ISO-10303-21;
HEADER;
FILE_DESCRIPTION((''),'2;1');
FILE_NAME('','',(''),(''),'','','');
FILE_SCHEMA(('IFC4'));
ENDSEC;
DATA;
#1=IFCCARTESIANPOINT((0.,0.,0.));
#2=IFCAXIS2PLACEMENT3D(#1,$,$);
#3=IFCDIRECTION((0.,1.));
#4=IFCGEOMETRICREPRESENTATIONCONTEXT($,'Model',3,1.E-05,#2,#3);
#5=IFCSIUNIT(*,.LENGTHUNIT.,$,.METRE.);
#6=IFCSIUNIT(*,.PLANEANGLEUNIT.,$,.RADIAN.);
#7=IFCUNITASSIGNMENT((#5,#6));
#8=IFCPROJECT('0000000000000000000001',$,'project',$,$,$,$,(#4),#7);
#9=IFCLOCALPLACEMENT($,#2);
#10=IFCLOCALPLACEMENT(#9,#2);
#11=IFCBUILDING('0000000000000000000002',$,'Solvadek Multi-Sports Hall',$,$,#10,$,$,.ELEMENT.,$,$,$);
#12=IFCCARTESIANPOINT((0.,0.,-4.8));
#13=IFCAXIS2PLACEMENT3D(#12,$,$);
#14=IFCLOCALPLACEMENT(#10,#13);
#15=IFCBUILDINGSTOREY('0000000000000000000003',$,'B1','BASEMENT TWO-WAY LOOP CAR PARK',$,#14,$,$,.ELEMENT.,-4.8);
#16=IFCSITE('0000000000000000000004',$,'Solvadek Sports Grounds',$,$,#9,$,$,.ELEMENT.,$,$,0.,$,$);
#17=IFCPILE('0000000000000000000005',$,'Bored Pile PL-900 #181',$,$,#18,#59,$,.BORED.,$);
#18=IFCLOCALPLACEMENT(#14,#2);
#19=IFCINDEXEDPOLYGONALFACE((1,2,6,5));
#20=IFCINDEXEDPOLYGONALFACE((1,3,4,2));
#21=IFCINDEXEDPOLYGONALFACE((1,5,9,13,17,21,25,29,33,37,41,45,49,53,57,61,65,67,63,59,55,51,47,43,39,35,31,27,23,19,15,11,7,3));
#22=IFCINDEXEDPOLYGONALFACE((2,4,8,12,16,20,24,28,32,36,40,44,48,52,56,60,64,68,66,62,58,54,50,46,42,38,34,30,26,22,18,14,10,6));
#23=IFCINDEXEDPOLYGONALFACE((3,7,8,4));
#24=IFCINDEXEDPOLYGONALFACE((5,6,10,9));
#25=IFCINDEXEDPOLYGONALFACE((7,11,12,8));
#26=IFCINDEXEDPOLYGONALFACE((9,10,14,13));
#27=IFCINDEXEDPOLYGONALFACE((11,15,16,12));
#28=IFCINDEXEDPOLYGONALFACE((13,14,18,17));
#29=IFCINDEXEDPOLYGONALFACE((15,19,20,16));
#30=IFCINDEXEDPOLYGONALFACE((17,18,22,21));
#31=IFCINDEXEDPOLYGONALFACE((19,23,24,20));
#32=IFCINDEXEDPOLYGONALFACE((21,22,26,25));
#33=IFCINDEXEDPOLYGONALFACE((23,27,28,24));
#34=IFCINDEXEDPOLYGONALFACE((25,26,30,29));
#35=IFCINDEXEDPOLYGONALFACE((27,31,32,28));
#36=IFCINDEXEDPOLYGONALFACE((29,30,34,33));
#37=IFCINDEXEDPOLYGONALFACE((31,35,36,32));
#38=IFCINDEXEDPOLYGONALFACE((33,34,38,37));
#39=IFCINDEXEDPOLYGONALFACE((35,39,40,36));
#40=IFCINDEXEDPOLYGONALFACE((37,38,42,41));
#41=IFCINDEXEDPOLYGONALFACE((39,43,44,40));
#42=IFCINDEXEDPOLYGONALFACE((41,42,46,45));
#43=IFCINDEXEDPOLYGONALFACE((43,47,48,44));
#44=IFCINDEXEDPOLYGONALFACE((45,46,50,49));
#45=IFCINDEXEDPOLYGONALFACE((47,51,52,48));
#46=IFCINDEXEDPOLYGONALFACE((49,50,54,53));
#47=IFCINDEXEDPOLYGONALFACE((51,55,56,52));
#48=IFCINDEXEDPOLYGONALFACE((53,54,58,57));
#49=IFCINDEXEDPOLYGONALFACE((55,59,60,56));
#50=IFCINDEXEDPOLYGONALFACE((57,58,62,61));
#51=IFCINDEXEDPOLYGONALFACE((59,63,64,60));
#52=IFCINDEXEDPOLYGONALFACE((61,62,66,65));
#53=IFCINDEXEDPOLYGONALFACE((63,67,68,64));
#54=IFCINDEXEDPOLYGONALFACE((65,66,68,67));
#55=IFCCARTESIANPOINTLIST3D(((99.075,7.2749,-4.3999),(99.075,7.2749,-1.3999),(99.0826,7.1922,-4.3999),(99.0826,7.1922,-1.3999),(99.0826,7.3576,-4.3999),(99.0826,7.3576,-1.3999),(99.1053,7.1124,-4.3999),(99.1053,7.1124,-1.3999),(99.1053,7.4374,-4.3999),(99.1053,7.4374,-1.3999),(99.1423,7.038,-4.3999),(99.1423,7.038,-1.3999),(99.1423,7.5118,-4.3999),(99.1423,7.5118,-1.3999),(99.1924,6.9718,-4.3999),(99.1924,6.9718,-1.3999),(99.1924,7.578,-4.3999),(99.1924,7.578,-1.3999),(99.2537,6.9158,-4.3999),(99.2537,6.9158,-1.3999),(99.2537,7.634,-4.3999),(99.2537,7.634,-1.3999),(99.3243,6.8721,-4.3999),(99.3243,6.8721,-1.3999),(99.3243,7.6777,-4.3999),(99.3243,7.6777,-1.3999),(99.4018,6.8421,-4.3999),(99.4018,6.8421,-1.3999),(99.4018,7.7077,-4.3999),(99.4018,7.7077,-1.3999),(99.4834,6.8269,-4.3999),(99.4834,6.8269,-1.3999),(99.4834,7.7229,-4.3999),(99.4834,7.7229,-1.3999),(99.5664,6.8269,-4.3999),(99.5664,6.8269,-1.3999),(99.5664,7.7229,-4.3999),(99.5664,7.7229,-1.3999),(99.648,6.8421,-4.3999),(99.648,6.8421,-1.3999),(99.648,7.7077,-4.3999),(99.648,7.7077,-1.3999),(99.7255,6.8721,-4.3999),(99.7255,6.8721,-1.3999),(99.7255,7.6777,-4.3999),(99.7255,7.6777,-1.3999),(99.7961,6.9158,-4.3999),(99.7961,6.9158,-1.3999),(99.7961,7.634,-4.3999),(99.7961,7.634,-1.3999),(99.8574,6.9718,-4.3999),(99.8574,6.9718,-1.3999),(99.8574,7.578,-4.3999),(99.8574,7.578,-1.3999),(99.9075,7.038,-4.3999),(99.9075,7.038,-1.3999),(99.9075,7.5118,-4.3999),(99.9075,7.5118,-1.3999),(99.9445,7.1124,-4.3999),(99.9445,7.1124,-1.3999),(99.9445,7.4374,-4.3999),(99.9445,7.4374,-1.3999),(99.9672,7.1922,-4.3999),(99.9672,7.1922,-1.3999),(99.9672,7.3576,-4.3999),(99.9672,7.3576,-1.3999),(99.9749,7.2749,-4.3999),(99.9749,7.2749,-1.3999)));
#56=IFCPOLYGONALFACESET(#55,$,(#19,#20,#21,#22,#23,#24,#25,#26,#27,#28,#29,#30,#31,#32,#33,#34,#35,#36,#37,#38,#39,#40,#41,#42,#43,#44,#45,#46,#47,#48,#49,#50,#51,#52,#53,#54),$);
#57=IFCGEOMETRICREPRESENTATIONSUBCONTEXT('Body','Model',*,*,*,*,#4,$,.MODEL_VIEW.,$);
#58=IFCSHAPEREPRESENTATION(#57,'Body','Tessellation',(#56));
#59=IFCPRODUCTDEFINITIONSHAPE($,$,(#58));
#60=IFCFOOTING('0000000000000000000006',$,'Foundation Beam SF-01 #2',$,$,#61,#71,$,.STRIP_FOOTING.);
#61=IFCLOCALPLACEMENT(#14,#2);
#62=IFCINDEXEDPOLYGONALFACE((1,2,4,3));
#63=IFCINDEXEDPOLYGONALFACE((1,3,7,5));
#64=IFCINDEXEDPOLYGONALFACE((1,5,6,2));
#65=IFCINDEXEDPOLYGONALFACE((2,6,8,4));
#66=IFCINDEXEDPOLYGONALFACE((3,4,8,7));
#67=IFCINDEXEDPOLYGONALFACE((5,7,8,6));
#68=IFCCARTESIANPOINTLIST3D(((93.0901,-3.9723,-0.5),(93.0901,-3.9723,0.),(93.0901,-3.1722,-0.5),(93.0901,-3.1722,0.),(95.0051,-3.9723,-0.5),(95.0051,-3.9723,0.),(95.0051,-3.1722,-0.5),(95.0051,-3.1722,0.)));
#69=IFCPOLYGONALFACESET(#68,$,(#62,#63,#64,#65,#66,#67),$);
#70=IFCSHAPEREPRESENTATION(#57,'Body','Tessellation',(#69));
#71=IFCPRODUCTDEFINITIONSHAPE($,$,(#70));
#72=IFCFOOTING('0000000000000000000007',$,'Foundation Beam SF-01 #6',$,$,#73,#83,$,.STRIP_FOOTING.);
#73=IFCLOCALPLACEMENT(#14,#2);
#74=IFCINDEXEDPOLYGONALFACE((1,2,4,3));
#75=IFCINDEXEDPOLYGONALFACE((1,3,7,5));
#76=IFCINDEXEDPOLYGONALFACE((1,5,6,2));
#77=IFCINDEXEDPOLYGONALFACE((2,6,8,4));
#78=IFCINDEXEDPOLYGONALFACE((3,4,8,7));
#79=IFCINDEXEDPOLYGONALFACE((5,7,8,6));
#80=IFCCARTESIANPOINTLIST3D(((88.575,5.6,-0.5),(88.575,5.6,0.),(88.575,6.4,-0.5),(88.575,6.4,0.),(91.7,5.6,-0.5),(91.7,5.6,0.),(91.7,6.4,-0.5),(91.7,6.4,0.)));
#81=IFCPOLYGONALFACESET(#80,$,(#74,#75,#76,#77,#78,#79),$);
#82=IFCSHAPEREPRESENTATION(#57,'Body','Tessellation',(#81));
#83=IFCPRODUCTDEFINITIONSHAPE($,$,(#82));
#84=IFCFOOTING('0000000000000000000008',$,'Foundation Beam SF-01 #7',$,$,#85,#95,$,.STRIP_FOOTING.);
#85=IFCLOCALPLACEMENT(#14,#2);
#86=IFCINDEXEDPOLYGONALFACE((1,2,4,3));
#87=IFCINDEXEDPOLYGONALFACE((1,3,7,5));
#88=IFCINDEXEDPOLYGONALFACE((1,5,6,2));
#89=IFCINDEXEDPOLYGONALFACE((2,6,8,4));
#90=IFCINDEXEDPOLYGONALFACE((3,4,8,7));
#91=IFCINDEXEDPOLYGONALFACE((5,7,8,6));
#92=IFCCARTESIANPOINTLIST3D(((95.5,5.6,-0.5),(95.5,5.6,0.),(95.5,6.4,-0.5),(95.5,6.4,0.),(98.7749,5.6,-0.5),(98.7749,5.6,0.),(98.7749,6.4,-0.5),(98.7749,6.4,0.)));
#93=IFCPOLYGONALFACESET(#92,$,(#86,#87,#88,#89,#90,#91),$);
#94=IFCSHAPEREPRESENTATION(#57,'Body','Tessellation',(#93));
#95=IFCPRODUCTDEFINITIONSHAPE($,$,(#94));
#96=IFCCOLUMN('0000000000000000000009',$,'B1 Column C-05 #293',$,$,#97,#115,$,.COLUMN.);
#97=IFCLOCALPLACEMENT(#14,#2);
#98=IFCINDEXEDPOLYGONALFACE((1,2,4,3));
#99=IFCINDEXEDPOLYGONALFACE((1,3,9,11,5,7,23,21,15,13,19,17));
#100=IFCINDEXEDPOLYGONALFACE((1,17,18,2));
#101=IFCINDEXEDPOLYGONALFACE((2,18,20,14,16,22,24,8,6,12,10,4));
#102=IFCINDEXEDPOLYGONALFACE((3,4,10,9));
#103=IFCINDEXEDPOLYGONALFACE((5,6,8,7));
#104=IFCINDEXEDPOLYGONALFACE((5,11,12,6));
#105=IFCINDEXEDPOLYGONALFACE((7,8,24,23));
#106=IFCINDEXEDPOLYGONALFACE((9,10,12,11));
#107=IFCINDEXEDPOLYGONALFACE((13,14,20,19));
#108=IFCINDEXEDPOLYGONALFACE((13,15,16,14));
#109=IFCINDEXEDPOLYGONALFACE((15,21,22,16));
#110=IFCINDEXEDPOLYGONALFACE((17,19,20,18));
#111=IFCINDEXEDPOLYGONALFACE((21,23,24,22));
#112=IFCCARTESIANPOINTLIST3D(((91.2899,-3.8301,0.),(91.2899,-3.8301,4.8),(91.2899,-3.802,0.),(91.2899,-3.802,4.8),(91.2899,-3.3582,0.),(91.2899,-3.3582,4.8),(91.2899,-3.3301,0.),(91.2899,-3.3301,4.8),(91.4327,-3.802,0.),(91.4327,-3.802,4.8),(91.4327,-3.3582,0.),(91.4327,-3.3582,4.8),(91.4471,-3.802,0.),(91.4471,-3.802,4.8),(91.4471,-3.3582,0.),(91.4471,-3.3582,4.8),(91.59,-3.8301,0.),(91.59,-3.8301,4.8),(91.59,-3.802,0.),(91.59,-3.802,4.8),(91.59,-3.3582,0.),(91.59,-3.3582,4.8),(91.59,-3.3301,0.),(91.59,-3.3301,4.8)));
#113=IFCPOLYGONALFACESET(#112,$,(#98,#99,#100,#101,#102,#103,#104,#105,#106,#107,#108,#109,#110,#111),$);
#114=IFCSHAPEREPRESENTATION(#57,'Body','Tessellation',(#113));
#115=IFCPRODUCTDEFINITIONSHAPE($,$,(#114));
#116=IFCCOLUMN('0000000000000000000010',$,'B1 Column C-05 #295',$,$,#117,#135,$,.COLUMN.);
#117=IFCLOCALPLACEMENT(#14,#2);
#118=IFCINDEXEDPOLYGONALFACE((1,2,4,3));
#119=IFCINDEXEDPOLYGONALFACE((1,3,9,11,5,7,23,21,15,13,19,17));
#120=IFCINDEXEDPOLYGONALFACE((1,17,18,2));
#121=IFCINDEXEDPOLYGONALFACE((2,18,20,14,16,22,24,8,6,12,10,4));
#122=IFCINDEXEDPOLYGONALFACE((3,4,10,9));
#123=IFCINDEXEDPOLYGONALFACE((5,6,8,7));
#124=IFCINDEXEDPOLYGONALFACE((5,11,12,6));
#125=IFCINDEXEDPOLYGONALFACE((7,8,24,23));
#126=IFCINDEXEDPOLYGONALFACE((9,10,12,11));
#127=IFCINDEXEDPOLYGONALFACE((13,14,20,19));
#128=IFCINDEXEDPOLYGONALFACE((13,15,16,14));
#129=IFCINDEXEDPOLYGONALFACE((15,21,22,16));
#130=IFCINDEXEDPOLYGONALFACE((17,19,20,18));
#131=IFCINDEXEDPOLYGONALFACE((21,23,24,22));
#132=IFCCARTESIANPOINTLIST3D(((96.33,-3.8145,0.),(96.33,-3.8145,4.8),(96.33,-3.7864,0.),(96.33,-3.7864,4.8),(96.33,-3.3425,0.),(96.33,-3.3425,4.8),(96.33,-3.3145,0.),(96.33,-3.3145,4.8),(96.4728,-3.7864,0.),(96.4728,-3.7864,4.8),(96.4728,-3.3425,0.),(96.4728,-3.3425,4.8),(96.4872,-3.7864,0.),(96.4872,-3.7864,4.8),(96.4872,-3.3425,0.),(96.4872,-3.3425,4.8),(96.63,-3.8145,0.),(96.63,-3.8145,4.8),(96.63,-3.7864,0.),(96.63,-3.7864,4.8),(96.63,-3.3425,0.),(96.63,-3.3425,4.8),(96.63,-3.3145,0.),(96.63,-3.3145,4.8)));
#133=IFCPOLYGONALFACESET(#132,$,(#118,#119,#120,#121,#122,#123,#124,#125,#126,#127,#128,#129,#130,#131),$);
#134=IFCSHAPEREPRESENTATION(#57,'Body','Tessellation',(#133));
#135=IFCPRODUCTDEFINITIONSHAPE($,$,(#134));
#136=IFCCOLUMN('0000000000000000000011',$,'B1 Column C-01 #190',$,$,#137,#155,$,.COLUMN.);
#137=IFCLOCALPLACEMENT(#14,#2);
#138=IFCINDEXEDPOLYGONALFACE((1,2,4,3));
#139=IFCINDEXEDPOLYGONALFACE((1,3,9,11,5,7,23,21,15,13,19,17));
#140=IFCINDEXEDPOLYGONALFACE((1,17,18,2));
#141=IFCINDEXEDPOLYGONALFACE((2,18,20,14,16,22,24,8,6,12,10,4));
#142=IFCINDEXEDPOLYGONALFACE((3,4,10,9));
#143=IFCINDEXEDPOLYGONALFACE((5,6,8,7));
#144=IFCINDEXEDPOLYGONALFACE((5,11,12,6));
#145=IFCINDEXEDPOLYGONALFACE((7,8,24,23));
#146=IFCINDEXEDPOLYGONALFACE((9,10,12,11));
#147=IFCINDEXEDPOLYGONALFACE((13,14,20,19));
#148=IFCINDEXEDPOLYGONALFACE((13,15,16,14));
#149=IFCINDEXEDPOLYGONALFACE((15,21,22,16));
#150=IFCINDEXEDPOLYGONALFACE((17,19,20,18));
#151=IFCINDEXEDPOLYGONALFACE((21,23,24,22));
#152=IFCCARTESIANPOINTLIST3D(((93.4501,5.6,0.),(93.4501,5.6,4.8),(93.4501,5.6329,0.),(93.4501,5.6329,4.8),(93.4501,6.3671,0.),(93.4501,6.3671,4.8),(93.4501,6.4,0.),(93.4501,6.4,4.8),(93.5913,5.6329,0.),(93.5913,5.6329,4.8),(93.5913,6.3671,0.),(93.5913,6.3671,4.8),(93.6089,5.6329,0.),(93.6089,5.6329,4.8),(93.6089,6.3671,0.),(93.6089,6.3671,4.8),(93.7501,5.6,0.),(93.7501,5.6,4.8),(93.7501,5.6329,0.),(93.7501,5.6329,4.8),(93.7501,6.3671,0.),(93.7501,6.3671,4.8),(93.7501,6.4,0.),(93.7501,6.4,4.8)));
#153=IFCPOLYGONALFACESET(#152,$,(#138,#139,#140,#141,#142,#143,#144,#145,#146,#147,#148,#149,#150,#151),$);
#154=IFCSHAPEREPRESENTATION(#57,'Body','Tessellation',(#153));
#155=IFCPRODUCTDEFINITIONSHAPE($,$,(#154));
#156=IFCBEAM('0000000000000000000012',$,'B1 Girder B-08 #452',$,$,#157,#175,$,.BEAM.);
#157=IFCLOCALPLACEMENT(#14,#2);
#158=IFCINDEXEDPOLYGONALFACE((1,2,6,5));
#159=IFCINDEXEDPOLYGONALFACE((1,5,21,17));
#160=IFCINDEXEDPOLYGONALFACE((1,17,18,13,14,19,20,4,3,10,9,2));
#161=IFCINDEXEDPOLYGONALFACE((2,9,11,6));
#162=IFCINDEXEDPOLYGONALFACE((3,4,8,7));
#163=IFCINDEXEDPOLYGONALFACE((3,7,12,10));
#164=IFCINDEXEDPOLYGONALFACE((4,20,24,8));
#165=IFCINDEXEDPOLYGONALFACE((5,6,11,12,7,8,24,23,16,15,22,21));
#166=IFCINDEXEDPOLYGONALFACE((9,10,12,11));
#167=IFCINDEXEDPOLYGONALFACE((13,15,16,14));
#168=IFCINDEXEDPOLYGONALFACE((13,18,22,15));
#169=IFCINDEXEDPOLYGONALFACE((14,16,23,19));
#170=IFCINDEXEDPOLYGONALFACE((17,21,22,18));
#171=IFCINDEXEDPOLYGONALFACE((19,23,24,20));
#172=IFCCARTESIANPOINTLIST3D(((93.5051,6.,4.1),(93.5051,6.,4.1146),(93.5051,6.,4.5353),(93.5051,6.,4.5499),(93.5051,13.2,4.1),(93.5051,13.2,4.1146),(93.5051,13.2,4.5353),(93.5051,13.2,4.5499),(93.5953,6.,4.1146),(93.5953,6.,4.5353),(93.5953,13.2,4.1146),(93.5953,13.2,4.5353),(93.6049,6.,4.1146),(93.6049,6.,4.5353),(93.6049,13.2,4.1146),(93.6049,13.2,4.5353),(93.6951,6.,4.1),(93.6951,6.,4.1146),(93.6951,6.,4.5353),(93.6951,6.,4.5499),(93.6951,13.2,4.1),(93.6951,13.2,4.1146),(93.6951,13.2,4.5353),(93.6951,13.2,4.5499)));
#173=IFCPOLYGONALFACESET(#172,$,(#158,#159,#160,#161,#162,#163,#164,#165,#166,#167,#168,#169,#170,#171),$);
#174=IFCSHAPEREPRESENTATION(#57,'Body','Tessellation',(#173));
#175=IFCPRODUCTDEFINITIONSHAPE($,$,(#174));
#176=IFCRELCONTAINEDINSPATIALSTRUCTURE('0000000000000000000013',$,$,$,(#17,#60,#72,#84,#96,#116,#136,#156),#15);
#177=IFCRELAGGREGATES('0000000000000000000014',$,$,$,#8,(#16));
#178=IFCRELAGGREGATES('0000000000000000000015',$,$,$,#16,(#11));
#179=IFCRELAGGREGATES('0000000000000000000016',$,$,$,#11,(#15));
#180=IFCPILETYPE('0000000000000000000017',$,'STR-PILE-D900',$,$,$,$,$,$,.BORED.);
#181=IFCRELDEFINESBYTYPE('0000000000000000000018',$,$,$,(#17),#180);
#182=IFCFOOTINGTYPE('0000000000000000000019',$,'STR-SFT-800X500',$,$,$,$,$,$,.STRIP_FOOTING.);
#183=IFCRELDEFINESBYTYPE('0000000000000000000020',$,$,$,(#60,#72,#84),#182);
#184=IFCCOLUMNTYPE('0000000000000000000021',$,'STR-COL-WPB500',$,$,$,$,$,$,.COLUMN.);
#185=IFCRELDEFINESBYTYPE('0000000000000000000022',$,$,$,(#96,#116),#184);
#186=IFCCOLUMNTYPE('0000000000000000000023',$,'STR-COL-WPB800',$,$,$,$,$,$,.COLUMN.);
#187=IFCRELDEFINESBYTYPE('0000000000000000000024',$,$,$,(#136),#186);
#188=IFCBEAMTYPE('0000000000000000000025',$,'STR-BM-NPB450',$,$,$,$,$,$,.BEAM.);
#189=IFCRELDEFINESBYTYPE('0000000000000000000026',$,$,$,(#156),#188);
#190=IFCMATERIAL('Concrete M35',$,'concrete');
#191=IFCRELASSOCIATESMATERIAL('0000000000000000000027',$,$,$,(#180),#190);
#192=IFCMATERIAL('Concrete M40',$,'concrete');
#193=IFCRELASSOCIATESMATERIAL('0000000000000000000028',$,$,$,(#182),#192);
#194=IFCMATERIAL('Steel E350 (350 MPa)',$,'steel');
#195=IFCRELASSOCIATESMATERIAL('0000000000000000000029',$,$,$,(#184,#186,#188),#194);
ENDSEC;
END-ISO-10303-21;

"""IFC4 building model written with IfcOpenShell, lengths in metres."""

from ifc_helpers import new_model, si_unit, direction, frame, origin, origin_2d, place, context, subcontext, project, spatial, rectangle, circle, i_section, extrude, material, material_profile, profile_set, type_object, element, save


model = new_model("IFC4")

# Units and contexts
model_context = context("Model", 3, precision=1e-05, world=origin(), true_north=direction((0.0, 1.0)))
body_context = subcontext(model_context, "Body", "Model", "MODEL_VIEW")
ifc_project = project(units=[si_unit("LENGTHUNIT", "METRE"), si_unit("PLANEANGLEUNIT", "RADIAN")], contexts=[model_context])

# Site, building, storey
site_placement = place(None, origin())
site = spatial("IfcSite", under=ifc_project, at=site_placement, Name="Solvadek Sports Grounds", CompositionType="ELEMENT", RefElevation=0.0)
building_placement = place(site_placement, origin())
building = spatial("IfcBuilding", under=site, at=building_placement, Name="Solvadek Multi-Sports Hall", CompositionType="ELEMENT")
storey_placement = place(building_placement, frame((0.0, 0.0, -4.8)))
storey = spatial("IfcBuildingStorey", under=building, at=storey_placement, Name="B1", Description="BASEMENT TWO-WAY LOOP CAR PARK", CompositionType="ELEMENT", Elevation=-4.8)

# Shared definitions
ifc_material_1 = material(Name="Concrete M40", Category="concrete")

# Pile
ifc_material_2 = material(Name="Concrete M35", Category="concrete")
ifc_material_profile_1 = material_profile(ifc_material_2, circle(Radius=0.45, at=origin_2d()), Name="BORED PILE D900")
ifc_profile_set_1 = profile_set([ifc_material_profile_1], Name="Concrete M35")
pile_type_1 = type_object("IfcPileType", Name="STR-PILE-D900", PredefinedType="BORED", material=ifc_profile_set_1)
for number, where, z_axis, x_axis, name in (
    (1, (99.5249, 7.2749, -1.3999), (0.0, 0.0, -1.0), (1.0, 0.0, 0.0), "Bored Pile PL-900 #181"),
):
    element("IfcPile", number, at=place(storey_placement, frame(where, z_axis=z_axis, x_axis=x_axis)), inside=storey, type_object=pile_type_1, Name=name, PredefinedType="BORED", context=body_context, shape_type="SweptSolid", body=[
        extrude(circle(Radius=0.45, at=origin_2d()), origin(), (0.0, 0.0, 1.0), 3.0),
    ])

# Footings
footing_type_1 = type_object("IfcFootingType", Name="STR-SFT-800X500", PredefinedType="STRIP_FOOTING", material=ifc_material_1)
footing_1_placement = place(storey_placement, frame((94.0476, -3.5723, -0.5), z_axis=(0.0, 0.0, 1.0), x_axis=(1.0, 0.0, 0.0)))
element("IfcFooting", 2, at=footing_1_placement, inside=storey, type_object=footing_type_1, Name="Foundation Beam SF-01 #2", PredefinedType="STRIP_FOOTING", context=body_context, shape_type="SweptSolid", body=[
    extrude(rectangle(XDim=1.915, YDim=0.8, at=origin_2d()), origin(), (0.0, 0.0, 1.0), 0.5),
])
footing_2_placement = place(storey_placement, frame((90.1375, 6.0, -0.5), z_axis=(0.0, 0.0, 1.0), x_axis=(1.0, 0.0, 0.0)))
element("IfcFooting", 3, at=footing_2_placement, inside=storey, type_object=footing_type_1, Name="Foundation Beam SF-01 #6", PredefinedType="STRIP_FOOTING", context=body_context, shape_type="SweptSolid", body=[
    extrude(rectangle(XDim=3.125, YDim=0.8, at=origin_2d()), origin(), (0.0, 0.0, 1.0), 0.5),
])
footing_3_placement = place(storey_placement, frame((97.1375, 6.0, -0.5), z_axis=(0.0, 0.0, 1.0), x_axis=(1.0, 0.0, 0.0)))
element("IfcFooting", 4, at=footing_3_placement, inside=storey, type_object=footing_type_1, Name="Foundation Beam SF-01 #7", PredefinedType="STRIP_FOOTING", context=body_context, shape_type="SweptSolid", body=[
    extrude(rectangle(XDim=3.2749, YDim=0.8, at=origin_2d()), origin(), (0.0, 0.0, 1.0), 0.5),
])

# Columns
ifc_material_3 = material(Name="Steel E350 (350 MPa)", Category="steel")
ifc_material_profile_2 = material_profile(ifc_material_3, i_section(OverallWidth=0.3, OverallDepth=0.5, WebThickness=0.0144, FlangeThickness=0.0281, at=origin_2d()), Name="WPB 500")
ifc_profile_set_2 = profile_set([ifc_material_profile_2], Name="Steel E350 (350 MPa)")
column_type_1 = type_object("IfcColumnType", Name="STR-COL-WPB500", PredefinedType="COLUMN", material=ifc_profile_set_2)
for number, where, z_axis, x_axis, name in (
    (5, (91.4399, -3.5801, 0.0), (0.0, 0.0, 1.0), (1.0, 0.0, 0.0), "B1 Column C-05 #293"),
    (6, (96.48, -3.5645, 0.0), (0.0, 0.0, 1.0), (1.0, 0.0, 0.0), "B1 Column C-05 #295"),
):
    element("IfcColumn", number, at=place(storey_placement, frame(where, z_axis=z_axis, x_axis=x_axis)), inside=storey, type_object=column_type_1, Name=name, PredefinedType="COLUMN", context=body_context, shape_type="SweptSolid", body=[
        extrude(i_section(OverallWidth=0.3, OverallDepth=0.5, WebThickness=0.0144, FlangeThickness=0.0281, at=origin_2d()), origin(), (0.0, 0.0, 1.0), 4.8),
    ])
ifc_material_profile_3 = material_profile(ifc_material_3, i_section(OverallWidth=0.3, OverallDepth=0.8, WebThickness=0.0176, FlangeThickness=0.033, at=origin_2d()), Name="WPB 800")
ifc_profile_set_3 = profile_set([ifc_material_profile_3], Name="Steel E350 (350 MPa)")
column_type_2 = type_object("IfcColumnType", Name="STR-COL-WPB800", PredefinedType="COLUMN", material=ifc_profile_set_3)
column_placement = place(storey_placement, frame((93.6001, 6.0, 0.0), z_axis=(0.0, 0.0, 1.0), x_axis=(1.0, 0.0, 0.0)))
element("IfcColumn", 7, at=column_placement, inside=storey, type_object=column_type_2, Name="B1 Column C-01 #190", PredefinedType="COLUMN", context=body_context, shape_type="SweptSolid", body=[
    extrude(i_section(OverallWidth=0.3, OverallDepth=0.8, WebThickness=0.0176, FlangeThickness=0.033, at=origin_2d()), origin(), (0.0, 0.0, 1.0), 4.8),
])

# Beam
ifc_material_profile_4 = material_profile(ifc_material_3, i_section(OverallWidth=0.1899, OverallDepth=0.45, WebThickness=0.0095, FlangeThickness=0.0146, at=origin_2d()), Name="NPB 450")
ifc_profile_set_4 = profile_set([ifc_material_profile_4], Name="Steel E350 (350 MPa)")
beam_type_1 = type_object("IfcBeamType", Name="STR-BM-NPB450", PredefinedType="BEAM", material=ifc_profile_set_4)
beam_1_placement = place(storey_placement, frame((93.6001, 6.0, 4.325), z_axis=(0.0, 1.0, 0.0), x_axis=(-1.0, 0.0, 0.0)))
element("IfcBeam", 8, at=beam_1_placement, inside=storey, type_object=beam_type_1, Name="B1 Girder B-08 #452", PredefinedType="BEAM", context=body_context, shape_type="SweptSolid", body=[
    extrude(i_section(OverallWidth=0.1899, OverallDepth=0.45, WebThickness=0.0095, FlangeThickness=0.0146, at=origin_2d()), origin(), (0.0, 0.0, 1.0), 7.2),
])

save(model, "model.ifc")
